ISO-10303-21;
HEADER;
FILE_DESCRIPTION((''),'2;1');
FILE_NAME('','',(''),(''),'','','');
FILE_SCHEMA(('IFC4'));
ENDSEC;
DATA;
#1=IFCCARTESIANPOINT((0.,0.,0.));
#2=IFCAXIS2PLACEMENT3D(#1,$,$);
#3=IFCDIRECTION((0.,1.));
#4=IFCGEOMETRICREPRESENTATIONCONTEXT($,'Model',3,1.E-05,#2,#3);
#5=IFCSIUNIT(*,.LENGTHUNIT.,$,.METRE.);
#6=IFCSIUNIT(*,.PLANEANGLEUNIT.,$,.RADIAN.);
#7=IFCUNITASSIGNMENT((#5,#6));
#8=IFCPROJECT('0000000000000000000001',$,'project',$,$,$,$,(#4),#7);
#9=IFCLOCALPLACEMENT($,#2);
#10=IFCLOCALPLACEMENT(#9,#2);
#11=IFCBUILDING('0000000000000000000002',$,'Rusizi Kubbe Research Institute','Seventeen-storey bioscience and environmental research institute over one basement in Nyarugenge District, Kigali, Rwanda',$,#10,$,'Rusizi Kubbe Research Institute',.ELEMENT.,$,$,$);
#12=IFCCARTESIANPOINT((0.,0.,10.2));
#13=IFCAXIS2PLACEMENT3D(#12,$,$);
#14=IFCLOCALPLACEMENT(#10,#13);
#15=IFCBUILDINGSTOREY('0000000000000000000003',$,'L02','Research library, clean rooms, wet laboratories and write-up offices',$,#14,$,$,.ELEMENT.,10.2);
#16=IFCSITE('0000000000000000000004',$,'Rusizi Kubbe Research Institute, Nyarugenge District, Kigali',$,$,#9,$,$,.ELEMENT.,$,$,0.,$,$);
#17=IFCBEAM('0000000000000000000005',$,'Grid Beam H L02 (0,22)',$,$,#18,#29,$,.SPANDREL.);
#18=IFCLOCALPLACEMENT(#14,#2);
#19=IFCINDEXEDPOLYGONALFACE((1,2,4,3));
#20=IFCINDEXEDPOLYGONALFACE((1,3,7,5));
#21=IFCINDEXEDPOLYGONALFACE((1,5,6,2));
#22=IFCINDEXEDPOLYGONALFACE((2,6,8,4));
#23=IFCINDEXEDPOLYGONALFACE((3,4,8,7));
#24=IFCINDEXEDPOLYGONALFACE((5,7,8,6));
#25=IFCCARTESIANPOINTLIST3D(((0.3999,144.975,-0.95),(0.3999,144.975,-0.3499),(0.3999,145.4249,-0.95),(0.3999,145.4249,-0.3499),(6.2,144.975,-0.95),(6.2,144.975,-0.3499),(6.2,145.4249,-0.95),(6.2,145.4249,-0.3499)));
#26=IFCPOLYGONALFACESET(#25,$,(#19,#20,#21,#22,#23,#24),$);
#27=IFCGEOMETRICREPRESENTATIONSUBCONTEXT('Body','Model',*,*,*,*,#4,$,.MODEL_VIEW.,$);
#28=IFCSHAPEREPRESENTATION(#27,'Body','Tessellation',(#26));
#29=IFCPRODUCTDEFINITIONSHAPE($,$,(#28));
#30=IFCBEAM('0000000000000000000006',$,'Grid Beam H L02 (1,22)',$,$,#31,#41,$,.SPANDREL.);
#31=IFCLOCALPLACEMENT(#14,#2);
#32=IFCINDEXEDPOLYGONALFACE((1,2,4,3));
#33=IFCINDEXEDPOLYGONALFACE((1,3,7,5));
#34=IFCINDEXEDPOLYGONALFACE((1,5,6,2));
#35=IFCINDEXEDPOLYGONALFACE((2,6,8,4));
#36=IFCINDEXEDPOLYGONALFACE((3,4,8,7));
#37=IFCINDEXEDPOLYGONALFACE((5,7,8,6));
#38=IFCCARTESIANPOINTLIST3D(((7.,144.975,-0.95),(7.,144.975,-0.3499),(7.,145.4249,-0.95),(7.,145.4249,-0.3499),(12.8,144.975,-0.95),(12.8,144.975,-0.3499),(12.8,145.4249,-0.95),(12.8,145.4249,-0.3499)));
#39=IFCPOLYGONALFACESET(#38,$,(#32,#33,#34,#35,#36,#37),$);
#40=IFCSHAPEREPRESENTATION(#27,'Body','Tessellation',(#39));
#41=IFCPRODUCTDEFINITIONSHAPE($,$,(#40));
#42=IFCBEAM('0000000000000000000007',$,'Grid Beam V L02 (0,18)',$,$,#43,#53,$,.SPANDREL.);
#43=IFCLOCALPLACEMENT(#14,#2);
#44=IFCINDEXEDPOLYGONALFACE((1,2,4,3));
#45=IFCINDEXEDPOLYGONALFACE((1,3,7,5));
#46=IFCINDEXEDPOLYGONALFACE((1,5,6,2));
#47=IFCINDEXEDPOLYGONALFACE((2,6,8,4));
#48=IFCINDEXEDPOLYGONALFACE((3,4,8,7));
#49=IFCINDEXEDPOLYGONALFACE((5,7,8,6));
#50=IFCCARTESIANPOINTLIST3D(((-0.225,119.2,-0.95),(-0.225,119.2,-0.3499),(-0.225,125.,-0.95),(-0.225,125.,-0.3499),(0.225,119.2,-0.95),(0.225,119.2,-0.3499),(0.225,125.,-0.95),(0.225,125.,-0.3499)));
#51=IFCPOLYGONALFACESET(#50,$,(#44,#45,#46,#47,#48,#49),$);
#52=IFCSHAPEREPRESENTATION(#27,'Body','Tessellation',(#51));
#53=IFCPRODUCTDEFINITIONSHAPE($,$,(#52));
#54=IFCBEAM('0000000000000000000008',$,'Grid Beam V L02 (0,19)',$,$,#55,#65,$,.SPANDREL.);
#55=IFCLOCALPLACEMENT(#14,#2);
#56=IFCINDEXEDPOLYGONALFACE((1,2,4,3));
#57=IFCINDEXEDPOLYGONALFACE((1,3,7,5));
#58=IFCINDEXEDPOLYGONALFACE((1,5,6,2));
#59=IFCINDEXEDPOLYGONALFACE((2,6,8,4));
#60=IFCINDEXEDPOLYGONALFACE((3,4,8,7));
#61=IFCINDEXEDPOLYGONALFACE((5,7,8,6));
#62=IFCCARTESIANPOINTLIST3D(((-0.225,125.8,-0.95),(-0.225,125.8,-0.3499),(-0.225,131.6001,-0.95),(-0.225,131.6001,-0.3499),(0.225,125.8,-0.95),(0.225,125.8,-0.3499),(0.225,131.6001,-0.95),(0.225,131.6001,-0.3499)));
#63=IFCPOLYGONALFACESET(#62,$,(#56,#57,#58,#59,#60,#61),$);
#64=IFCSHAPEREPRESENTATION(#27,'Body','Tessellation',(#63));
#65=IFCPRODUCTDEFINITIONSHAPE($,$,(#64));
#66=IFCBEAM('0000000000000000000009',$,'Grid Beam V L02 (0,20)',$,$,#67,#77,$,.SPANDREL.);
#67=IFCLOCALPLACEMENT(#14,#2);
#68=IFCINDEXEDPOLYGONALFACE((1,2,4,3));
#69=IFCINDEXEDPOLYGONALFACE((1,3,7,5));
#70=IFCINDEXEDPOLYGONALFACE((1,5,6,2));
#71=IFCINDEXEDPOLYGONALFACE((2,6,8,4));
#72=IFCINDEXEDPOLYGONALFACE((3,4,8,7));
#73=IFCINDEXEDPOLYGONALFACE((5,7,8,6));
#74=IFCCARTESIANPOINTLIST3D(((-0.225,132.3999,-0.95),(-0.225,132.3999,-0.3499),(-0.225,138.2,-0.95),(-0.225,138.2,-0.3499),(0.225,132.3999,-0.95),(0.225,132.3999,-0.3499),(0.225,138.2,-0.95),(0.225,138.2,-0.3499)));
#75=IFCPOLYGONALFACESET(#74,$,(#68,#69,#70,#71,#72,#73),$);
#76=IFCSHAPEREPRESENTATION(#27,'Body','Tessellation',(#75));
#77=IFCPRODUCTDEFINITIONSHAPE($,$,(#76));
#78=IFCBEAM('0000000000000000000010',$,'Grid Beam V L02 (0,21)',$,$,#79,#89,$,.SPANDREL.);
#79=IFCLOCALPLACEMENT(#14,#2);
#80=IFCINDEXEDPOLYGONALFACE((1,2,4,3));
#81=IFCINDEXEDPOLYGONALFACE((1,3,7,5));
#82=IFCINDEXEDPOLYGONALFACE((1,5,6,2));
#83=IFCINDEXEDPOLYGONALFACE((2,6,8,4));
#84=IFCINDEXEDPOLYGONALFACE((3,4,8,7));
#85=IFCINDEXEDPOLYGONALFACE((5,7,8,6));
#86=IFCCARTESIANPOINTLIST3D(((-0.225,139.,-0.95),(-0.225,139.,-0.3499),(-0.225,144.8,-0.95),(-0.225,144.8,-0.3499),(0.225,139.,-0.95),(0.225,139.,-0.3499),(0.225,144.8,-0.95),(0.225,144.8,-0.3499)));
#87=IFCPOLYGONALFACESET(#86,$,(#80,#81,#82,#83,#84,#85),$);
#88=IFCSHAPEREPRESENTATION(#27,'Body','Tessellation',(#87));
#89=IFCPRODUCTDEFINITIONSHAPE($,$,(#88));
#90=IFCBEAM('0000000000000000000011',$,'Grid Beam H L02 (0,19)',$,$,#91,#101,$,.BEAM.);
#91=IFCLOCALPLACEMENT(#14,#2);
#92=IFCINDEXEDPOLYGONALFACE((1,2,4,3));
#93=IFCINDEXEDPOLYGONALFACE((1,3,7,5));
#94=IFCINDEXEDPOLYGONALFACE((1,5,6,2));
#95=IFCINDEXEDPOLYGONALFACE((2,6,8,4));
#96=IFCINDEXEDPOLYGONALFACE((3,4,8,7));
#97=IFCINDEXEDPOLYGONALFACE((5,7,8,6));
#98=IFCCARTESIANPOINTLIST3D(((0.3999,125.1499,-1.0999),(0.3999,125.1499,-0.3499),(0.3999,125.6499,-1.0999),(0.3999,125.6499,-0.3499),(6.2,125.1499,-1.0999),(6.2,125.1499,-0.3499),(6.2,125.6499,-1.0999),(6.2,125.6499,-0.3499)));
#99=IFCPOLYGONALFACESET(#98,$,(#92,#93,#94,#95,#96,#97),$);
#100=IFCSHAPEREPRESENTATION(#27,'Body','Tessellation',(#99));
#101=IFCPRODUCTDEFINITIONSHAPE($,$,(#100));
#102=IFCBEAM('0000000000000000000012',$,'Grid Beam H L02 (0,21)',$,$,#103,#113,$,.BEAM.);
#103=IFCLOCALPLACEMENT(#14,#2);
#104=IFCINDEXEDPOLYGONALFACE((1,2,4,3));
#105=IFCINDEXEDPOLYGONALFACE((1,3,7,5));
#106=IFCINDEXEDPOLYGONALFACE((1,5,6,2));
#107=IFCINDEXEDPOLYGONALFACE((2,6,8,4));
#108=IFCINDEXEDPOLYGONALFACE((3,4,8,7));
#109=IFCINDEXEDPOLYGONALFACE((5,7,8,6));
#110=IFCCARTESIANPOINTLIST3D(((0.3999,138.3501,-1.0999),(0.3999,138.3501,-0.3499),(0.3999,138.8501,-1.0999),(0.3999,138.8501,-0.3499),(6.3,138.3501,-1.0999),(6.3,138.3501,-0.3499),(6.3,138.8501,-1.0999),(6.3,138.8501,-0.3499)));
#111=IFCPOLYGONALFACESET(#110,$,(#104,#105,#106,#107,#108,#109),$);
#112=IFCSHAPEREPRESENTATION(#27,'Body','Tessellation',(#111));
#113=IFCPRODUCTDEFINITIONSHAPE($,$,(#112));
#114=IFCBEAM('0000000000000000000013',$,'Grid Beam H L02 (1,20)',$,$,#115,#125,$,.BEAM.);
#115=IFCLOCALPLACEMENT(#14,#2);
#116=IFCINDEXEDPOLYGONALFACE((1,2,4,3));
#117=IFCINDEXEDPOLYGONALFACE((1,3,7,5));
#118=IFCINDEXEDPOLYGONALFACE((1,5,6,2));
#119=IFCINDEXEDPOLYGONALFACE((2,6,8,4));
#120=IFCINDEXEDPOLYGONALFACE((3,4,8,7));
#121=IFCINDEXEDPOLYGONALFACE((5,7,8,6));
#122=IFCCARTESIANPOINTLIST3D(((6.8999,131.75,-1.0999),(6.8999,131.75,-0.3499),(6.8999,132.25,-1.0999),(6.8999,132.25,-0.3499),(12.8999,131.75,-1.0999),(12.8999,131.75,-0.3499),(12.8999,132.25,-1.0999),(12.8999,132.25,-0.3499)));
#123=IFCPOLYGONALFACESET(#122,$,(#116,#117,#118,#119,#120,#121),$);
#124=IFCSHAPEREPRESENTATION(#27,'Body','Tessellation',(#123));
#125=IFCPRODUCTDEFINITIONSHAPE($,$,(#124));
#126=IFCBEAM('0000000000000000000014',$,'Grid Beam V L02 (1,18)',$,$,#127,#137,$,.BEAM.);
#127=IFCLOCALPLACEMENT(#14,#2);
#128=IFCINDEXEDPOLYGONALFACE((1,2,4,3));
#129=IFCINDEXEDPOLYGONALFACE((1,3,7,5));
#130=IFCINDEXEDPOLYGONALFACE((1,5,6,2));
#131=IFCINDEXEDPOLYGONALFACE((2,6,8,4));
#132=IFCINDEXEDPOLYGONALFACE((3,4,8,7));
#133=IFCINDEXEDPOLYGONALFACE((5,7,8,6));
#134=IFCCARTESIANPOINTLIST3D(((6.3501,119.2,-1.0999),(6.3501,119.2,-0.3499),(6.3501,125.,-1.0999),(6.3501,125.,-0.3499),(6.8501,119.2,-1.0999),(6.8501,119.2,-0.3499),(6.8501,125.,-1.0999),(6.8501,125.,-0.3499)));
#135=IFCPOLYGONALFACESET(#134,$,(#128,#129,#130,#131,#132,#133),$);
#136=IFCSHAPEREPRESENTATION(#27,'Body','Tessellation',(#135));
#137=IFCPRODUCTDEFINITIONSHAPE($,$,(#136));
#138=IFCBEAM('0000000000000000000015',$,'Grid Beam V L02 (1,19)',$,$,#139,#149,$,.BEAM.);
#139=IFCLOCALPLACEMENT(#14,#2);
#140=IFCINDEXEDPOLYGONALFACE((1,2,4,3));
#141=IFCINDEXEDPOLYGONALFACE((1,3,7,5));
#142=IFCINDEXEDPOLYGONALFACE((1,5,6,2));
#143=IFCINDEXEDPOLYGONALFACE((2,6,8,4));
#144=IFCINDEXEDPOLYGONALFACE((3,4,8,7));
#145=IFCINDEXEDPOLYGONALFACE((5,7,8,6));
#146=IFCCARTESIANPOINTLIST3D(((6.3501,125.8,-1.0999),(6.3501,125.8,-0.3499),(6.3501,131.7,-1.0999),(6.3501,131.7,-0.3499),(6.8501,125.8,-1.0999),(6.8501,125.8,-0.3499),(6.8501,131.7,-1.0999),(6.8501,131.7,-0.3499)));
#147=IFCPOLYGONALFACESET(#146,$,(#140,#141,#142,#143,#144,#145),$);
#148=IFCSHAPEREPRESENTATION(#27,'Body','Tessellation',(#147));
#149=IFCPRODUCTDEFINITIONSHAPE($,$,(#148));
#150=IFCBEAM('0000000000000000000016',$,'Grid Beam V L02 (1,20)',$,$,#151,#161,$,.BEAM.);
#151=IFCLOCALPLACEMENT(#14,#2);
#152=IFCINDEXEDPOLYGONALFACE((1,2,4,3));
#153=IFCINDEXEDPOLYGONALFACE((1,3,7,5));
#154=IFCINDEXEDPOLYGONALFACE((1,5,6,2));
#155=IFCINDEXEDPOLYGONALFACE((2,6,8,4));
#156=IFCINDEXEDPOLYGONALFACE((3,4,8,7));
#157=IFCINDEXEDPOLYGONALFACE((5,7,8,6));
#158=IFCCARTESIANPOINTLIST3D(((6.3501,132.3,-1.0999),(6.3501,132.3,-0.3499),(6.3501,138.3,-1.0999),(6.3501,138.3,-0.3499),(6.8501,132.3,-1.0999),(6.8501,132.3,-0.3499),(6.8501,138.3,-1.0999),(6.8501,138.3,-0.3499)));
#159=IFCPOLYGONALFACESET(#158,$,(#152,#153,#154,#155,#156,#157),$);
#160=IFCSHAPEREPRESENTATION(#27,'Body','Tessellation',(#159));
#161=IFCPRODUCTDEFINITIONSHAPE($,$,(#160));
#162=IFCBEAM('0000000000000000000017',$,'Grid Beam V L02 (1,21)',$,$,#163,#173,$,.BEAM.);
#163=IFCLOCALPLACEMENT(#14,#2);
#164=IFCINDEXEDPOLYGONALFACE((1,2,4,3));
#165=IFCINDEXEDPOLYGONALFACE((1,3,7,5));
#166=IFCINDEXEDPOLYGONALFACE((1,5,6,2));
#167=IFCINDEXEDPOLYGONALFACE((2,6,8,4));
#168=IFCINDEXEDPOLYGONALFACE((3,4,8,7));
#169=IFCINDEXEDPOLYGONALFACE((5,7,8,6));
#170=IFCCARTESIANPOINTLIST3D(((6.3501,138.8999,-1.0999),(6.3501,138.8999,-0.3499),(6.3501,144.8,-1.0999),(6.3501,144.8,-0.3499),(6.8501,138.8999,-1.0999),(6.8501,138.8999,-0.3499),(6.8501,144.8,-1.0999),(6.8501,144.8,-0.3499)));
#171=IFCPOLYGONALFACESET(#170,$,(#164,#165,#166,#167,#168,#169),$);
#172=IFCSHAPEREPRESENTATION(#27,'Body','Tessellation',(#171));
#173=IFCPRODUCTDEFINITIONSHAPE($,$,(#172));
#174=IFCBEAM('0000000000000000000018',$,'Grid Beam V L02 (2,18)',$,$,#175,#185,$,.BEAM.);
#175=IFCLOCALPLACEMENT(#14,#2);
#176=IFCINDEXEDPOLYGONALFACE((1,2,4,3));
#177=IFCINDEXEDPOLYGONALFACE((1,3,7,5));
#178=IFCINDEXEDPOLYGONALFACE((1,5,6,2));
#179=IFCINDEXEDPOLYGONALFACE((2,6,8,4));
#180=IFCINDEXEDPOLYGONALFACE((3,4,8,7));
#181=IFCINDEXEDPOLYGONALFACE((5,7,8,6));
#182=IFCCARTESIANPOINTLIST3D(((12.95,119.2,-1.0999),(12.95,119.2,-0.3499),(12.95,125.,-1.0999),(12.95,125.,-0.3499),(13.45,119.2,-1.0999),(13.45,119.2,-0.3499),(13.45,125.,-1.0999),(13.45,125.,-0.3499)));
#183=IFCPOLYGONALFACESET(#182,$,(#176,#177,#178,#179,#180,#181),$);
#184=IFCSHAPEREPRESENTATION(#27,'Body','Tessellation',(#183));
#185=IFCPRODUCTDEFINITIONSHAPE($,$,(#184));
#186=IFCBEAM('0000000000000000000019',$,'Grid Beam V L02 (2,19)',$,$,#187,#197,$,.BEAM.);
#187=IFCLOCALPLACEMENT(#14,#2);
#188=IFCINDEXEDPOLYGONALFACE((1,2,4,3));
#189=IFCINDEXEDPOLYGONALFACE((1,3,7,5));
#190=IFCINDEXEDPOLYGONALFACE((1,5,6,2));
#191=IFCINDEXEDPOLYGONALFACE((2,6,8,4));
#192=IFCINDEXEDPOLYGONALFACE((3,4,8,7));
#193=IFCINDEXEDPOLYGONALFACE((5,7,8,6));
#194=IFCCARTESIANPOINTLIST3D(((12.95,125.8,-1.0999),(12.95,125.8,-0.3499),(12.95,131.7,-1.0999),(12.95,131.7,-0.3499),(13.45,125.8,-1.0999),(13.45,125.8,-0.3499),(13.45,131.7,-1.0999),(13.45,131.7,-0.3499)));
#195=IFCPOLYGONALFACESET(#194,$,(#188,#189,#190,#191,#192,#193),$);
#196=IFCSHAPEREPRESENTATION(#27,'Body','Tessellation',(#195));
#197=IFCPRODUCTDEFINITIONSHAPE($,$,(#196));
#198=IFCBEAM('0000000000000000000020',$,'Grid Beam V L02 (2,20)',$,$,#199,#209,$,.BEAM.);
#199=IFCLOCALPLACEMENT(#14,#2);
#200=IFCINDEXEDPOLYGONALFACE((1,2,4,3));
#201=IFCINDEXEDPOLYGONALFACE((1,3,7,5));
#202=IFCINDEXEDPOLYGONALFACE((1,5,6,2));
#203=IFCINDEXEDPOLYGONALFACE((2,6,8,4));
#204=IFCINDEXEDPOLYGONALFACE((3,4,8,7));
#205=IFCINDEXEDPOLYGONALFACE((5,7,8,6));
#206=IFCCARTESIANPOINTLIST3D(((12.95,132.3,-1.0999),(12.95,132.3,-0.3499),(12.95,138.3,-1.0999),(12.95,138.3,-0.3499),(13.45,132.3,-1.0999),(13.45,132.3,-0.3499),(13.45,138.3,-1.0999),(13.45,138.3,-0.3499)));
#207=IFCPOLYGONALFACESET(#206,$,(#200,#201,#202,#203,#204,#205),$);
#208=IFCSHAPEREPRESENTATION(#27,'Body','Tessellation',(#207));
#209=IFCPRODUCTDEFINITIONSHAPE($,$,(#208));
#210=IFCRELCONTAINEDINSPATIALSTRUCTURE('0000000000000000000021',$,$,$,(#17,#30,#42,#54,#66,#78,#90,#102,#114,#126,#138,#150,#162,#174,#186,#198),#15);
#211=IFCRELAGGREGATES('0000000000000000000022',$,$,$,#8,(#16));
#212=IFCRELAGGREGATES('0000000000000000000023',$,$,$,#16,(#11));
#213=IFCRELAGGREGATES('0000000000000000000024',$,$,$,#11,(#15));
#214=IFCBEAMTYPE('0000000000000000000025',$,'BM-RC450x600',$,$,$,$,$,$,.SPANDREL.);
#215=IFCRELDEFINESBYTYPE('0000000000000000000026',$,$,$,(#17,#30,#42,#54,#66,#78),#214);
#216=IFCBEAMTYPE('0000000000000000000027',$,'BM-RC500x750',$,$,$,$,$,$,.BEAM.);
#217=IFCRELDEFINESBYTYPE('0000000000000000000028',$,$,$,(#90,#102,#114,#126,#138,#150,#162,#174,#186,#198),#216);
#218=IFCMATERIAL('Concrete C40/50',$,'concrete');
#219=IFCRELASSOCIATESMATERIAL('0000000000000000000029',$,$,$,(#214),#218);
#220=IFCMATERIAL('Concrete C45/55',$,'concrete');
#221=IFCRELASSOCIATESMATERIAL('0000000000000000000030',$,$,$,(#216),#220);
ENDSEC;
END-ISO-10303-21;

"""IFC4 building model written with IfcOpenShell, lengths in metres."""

from ifc_helpers import new_model, si_unit, direction, frame, origin, origin_2d, place, context, subcontext, project, spatial, rectangle, extrude, material, material_profile, profile_set, type_object, element, save


model = new_model("IFC4")

# Units and contexts
model_context = context("Model", 3, precision=1e-05, world=origin(), true_north=direction((0.0, 1.0)))
body_context = subcontext(model_context, "Body", "Model", "MODEL_VIEW")
ifc_project = project(units=[si_unit("LENGTHUNIT", "METRE"), si_unit("PLANEANGLEUNIT", "RADIAN")], contexts=[model_context])

# Site, building, storey
site_placement = place(None, origin())
site = spatial("IfcSite", under=ifc_project, at=site_placement, Name="Rusizi Kubbe Research Institute, Nyarugenge District, Kigali", CompositionType="ELEMENT", RefElevation=0.0)
building_placement = place(site_placement, origin())
building = spatial("IfcBuilding", under=site, at=building_placement, Name="Rusizi Kubbe Research Institute", Description="Seventeen-storey bioscience and environmental research institute over one basement in Nyarugenge District, Kigali, Rwanda", LongName="Rusizi Kubbe Research Institute", CompositionType="ELEMENT")
storey_placement = place(building_placement, frame((0.0, 0.0, 10.2)))
storey = spatial("IfcBuildingStorey", under=building, at=storey_placement, Name="L02", Description="Research library, clean rooms, wet laboratories and write-up offices", CompositionType="ELEMENT", Elevation=10.2)

# Beams
ifc_material_1 = material(Name="Concrete C40/50", Category="concrete")
ifc_material_profile_1 = material_profile(ifc_material_1, rectangle(XDim=0.45, YDim=0.6001, at=origin_2d()), Name="RC450x600")
ifc_profile_set_1 = profile_set([ifc_material_profile_1], Name="Concrete C40/50")
beam_type_1 = type_object("IfcBeamType", Name="BM-RC450x600", PredefinedType="SPANDREL", material=ifc_profile_set_1)
for number, where, z_axis, x_axis, name in (
    (1, (0.3999, 145.2, -0.6499), (1.0, 0.0, 0.0), (0.0, 1.0, 0.0), "Grid Beam H L02 (0,22)"),
    (2, (7.0, 145.2, -0.6499), (1.0, 0.0, 0.0), (0.0, 1.0, 0.0), "Grid Beam H L02 (1,22)"),
    (3, (0.0, 119.2, -0.6499), (0.0, 1.0, 0.0), (-1.0, 0.0, 0.0), "Grid Beam V L02 (0,18)"),
    (4, (0.0, 125.8, -0.6499), (0.0, 1.0, 0.0), (-1.0, 0.0, 0.0), "Grid Beam V L02 (0,19)"),
    (5, (0.0, 132.3999, -0.6499), (0.0, 1.0, 0.0), (-1.0, 0.0, 0.0), "Grid Beam V L02 (0,20)"),
    (6, (0.0, 139.0, -0.6499), (0.0, 1.0, 0.0), (-1.0, 0.0, 0.0), "Grid Beam V L02 (0,21)"),
):
    element("IfcBeam", number, at=place(storey_placement, frame(where, z_axis=z_axis, x_axis=x_axis)), inside=storey, type_object=beam_type_1, Name=name, PredefinedType="SPANDREL", context=body_context, shape_type="SweptSolid", body=[
        extrude(rectangle(XDim=0.45, YDim=0.6001, at=origin_2d()), origin(), (0.0, 0.0, 1.0), 5.8),
    ])
ifc_material_2 = material(Name="Concrete C45/55", Category="concrete")
ifc_material_profile_2 = material_profile(ifc_material_2, rectangle(XDim=0.5, YDim=0.75, at=origin_2d()), Name="RC500x750B")
ifc_profile_set_2 = profile_set([ifc_material_profile_2], Name="Concrete C45/55")
beam_type_2 = type_object("IfcBeamType", Name="BM-RC500x750", PredefinedType="BEAM", material=ifc_profile_set_2)
beam_1_placement = place(storey_placement, frame((0.3999, 125.3999, -0.7249), z_axis=(1.0, 0.0, 0.0), x_axis=(0.0, 1.0, 0.0)))
element("IfcBeam", 7, at=beam_1_placement, inside=storey, type_object=beam_type_2, Name="Grid Beam H L02 (0,19)", PredefinedType="BEAM", context=body_context, shape_type="SweptSolid", body=[
    extrude(rectangle(XDim=0.5, YDim=0.75, at=origin_2d()), origin(), (0.0, 0.0, 1.0), 5.8),
])
beam_2_placement = place(storey_placement, frame((0.3999, 138.6001, -0.7249), z_axis=(1.0, 0.0, 0.0), x_axis=(0.0, 1.0, 0.0)))
element("IfcBeam", 8, at=beam_2_placement, inside=storey, type_object=beam_type_2, Name="Grid Beam H L02 (0,21)", PredefinedType="BEAM", context=body_context, shape_type="SweptSolid", body=[
    extrude(rectangle(XDim=0.5, YDim=0.75, at=origin_2d()), origin(), (0.0, 0.0, 1.0), 5.9001),
])
beam_3_placement = place(storey_placement, frame((6.8999, 132.0, -0.7249), z_axis=(1.0, 0.0, 0.0), x_axis=(0.0, 1.0, 0.0)))
element("IfcBeam", 9, at=beam_3_placement, inside=storey, type_object=beam_type_2, Name="Grid Beam H L02 (1,20)", PredefinedType="BEAM", context=body_context, shape_type="SweptSolid", body=[
    extrude(rectangle(XDim=0.5, YDim=0.75, at=origin_2d()), origin(), (0.0, 0.0, 1.0), 6.0),
])
beam_4_placement = place(storey_placement, frame((6.6001, 119.2, -0.7249), z_axis=(0.0, 1.0, 0.0), x_axis=(-1.0, 0.0, 0.0)))
element("IfcBeam", 10, at=beam_4_placement, inside=storey, type_object=beam_type_2, Name="Grid Beam V L02 (1,18)", PredefinedType="BEAM", context=body_context, shape_type="SweptSolid", body=[
    extrude(rectangle(XDim=0.5, YDim=0.75, at=origin_2d()), origin(), (0.0, 0.0, 1.0), 5.8),
])
beam_5_placement = place(storey_placement, frame((6.6001, 125.8, -0.7249), z_axis=(0.0, 1.0, 0.0), x_axis=(-1.0, 0.0, 0.0)))
element("IfcBeam", 11, at=beam_5_placement, inside=storey, type_object=beam_type_2, Name="Grid Beam V L02 (1,19)", PredefinedType="BEAM", context=body_context, shape_type="SweptSolid", body=[
    extrude(rectangle(XDim=0.5, YDim=0.75, at=origin_2d()), origin(), (0.0, 0.0, 1.0), 5.8999),
])
beam_6_placement = place(storey_placement, frame((6.6001, 132.3, -0.7249), z_axis=(0.0, 1.0, 0.0), x_axis=(-1.0, 0.0, 0.0)))
element("IfcBeam", 12, at=beam_6_placement, inside=storey, type_object=beam_type_2, Name="Grid Beam V L02 (1,20)", PredefinedType="BEAM", context=body_context, shape_type="SweptSolid", body=[
    extrude(rectangle(XDim=0.5, YDim=0.75, at=origin_2d()), origin(), (0.0, 0.0, 1.0), 6.0),
])
beam_7_placement = place(storey_placement, frame((6.6001, 138.8999, -0.7249), z_axis=(0.0, 1.0, 0.0), x_axis=(-1.0, 0.0, 0.0)))
element("IfcBeam", 13, at=beam_7_placement, inside=storey, type_object=beam_type_2, Name="Grid Beam V L02 (1,21)", PredefinedType="BEAM", context=body_context, shape_type="SweptSolid", body=[
    extrude(rectangle(XDim=0.5, YDim=0.75, at=origin_2d()), origin(), (0.0, 0.0, 1.0), 5.9001),
])
beam_8_placement = place(storey_placement, frame((13.2, 119.2, -0.7249), z_axis=(0.0, 1.0, 0.0), x_axis=(-1.0, 0.0, 0.0)))
element("IfcBeam", 14, at=beam_8_placement, inside=storey, type_object=beam_type_2, Name="Grid Beam V L02 (2,18)", PredefinedType="BEAM", context=body_context, shape_type="SweptSolid", body=[
    extrude(rectangle(XDim=0.5, YDim=0.75, at=origin_2d()), origin(), (0.0, 0.0, 1.0), 5.8),
])
beam_9_placement = place(storey_placement, frame((13.2, 125.8, -0.7249), z_axis=(0.0, 1.0, 0.0), x_axis=(-1.0, 0.0, 0.0)))
element("IfcBeam", 15, at=beam_9_placement, inside=storey, type_object=beam_type_2, Name="Grid Beam V L02 (2,19)", PredefinedType="BEAM", context=body_context, shape_type="SweptSolid", body=[
    extrude(rectangle(XDim=0.5, YDim=0.75, at=origin_2d()), origin(), (0.0, 0.0, 1.0), 5.8999),
])
beam_10_placement = place(storey_placement, frame((13.2, 132.3, -0.7249), z_axis=(0.0, 1.0, 0.0), x_axis=(-1.0, 0.0, 0.0)))
element("IfcBeam", 16, at=beam_10_placement, inside=storey, type_object=beam_type_2, Name="Grid Beam V L02 (2,20)", PredefinedType="BEAM", context=body_context, shape_type="SweptSolid", body=[
    extrude(rectangle(XDim=0.5, YDim=0.75, at=origin_2d()), origin(), (0.0, 0.0, 1.0), 6.0),
])

save(model, "model.ifc")
